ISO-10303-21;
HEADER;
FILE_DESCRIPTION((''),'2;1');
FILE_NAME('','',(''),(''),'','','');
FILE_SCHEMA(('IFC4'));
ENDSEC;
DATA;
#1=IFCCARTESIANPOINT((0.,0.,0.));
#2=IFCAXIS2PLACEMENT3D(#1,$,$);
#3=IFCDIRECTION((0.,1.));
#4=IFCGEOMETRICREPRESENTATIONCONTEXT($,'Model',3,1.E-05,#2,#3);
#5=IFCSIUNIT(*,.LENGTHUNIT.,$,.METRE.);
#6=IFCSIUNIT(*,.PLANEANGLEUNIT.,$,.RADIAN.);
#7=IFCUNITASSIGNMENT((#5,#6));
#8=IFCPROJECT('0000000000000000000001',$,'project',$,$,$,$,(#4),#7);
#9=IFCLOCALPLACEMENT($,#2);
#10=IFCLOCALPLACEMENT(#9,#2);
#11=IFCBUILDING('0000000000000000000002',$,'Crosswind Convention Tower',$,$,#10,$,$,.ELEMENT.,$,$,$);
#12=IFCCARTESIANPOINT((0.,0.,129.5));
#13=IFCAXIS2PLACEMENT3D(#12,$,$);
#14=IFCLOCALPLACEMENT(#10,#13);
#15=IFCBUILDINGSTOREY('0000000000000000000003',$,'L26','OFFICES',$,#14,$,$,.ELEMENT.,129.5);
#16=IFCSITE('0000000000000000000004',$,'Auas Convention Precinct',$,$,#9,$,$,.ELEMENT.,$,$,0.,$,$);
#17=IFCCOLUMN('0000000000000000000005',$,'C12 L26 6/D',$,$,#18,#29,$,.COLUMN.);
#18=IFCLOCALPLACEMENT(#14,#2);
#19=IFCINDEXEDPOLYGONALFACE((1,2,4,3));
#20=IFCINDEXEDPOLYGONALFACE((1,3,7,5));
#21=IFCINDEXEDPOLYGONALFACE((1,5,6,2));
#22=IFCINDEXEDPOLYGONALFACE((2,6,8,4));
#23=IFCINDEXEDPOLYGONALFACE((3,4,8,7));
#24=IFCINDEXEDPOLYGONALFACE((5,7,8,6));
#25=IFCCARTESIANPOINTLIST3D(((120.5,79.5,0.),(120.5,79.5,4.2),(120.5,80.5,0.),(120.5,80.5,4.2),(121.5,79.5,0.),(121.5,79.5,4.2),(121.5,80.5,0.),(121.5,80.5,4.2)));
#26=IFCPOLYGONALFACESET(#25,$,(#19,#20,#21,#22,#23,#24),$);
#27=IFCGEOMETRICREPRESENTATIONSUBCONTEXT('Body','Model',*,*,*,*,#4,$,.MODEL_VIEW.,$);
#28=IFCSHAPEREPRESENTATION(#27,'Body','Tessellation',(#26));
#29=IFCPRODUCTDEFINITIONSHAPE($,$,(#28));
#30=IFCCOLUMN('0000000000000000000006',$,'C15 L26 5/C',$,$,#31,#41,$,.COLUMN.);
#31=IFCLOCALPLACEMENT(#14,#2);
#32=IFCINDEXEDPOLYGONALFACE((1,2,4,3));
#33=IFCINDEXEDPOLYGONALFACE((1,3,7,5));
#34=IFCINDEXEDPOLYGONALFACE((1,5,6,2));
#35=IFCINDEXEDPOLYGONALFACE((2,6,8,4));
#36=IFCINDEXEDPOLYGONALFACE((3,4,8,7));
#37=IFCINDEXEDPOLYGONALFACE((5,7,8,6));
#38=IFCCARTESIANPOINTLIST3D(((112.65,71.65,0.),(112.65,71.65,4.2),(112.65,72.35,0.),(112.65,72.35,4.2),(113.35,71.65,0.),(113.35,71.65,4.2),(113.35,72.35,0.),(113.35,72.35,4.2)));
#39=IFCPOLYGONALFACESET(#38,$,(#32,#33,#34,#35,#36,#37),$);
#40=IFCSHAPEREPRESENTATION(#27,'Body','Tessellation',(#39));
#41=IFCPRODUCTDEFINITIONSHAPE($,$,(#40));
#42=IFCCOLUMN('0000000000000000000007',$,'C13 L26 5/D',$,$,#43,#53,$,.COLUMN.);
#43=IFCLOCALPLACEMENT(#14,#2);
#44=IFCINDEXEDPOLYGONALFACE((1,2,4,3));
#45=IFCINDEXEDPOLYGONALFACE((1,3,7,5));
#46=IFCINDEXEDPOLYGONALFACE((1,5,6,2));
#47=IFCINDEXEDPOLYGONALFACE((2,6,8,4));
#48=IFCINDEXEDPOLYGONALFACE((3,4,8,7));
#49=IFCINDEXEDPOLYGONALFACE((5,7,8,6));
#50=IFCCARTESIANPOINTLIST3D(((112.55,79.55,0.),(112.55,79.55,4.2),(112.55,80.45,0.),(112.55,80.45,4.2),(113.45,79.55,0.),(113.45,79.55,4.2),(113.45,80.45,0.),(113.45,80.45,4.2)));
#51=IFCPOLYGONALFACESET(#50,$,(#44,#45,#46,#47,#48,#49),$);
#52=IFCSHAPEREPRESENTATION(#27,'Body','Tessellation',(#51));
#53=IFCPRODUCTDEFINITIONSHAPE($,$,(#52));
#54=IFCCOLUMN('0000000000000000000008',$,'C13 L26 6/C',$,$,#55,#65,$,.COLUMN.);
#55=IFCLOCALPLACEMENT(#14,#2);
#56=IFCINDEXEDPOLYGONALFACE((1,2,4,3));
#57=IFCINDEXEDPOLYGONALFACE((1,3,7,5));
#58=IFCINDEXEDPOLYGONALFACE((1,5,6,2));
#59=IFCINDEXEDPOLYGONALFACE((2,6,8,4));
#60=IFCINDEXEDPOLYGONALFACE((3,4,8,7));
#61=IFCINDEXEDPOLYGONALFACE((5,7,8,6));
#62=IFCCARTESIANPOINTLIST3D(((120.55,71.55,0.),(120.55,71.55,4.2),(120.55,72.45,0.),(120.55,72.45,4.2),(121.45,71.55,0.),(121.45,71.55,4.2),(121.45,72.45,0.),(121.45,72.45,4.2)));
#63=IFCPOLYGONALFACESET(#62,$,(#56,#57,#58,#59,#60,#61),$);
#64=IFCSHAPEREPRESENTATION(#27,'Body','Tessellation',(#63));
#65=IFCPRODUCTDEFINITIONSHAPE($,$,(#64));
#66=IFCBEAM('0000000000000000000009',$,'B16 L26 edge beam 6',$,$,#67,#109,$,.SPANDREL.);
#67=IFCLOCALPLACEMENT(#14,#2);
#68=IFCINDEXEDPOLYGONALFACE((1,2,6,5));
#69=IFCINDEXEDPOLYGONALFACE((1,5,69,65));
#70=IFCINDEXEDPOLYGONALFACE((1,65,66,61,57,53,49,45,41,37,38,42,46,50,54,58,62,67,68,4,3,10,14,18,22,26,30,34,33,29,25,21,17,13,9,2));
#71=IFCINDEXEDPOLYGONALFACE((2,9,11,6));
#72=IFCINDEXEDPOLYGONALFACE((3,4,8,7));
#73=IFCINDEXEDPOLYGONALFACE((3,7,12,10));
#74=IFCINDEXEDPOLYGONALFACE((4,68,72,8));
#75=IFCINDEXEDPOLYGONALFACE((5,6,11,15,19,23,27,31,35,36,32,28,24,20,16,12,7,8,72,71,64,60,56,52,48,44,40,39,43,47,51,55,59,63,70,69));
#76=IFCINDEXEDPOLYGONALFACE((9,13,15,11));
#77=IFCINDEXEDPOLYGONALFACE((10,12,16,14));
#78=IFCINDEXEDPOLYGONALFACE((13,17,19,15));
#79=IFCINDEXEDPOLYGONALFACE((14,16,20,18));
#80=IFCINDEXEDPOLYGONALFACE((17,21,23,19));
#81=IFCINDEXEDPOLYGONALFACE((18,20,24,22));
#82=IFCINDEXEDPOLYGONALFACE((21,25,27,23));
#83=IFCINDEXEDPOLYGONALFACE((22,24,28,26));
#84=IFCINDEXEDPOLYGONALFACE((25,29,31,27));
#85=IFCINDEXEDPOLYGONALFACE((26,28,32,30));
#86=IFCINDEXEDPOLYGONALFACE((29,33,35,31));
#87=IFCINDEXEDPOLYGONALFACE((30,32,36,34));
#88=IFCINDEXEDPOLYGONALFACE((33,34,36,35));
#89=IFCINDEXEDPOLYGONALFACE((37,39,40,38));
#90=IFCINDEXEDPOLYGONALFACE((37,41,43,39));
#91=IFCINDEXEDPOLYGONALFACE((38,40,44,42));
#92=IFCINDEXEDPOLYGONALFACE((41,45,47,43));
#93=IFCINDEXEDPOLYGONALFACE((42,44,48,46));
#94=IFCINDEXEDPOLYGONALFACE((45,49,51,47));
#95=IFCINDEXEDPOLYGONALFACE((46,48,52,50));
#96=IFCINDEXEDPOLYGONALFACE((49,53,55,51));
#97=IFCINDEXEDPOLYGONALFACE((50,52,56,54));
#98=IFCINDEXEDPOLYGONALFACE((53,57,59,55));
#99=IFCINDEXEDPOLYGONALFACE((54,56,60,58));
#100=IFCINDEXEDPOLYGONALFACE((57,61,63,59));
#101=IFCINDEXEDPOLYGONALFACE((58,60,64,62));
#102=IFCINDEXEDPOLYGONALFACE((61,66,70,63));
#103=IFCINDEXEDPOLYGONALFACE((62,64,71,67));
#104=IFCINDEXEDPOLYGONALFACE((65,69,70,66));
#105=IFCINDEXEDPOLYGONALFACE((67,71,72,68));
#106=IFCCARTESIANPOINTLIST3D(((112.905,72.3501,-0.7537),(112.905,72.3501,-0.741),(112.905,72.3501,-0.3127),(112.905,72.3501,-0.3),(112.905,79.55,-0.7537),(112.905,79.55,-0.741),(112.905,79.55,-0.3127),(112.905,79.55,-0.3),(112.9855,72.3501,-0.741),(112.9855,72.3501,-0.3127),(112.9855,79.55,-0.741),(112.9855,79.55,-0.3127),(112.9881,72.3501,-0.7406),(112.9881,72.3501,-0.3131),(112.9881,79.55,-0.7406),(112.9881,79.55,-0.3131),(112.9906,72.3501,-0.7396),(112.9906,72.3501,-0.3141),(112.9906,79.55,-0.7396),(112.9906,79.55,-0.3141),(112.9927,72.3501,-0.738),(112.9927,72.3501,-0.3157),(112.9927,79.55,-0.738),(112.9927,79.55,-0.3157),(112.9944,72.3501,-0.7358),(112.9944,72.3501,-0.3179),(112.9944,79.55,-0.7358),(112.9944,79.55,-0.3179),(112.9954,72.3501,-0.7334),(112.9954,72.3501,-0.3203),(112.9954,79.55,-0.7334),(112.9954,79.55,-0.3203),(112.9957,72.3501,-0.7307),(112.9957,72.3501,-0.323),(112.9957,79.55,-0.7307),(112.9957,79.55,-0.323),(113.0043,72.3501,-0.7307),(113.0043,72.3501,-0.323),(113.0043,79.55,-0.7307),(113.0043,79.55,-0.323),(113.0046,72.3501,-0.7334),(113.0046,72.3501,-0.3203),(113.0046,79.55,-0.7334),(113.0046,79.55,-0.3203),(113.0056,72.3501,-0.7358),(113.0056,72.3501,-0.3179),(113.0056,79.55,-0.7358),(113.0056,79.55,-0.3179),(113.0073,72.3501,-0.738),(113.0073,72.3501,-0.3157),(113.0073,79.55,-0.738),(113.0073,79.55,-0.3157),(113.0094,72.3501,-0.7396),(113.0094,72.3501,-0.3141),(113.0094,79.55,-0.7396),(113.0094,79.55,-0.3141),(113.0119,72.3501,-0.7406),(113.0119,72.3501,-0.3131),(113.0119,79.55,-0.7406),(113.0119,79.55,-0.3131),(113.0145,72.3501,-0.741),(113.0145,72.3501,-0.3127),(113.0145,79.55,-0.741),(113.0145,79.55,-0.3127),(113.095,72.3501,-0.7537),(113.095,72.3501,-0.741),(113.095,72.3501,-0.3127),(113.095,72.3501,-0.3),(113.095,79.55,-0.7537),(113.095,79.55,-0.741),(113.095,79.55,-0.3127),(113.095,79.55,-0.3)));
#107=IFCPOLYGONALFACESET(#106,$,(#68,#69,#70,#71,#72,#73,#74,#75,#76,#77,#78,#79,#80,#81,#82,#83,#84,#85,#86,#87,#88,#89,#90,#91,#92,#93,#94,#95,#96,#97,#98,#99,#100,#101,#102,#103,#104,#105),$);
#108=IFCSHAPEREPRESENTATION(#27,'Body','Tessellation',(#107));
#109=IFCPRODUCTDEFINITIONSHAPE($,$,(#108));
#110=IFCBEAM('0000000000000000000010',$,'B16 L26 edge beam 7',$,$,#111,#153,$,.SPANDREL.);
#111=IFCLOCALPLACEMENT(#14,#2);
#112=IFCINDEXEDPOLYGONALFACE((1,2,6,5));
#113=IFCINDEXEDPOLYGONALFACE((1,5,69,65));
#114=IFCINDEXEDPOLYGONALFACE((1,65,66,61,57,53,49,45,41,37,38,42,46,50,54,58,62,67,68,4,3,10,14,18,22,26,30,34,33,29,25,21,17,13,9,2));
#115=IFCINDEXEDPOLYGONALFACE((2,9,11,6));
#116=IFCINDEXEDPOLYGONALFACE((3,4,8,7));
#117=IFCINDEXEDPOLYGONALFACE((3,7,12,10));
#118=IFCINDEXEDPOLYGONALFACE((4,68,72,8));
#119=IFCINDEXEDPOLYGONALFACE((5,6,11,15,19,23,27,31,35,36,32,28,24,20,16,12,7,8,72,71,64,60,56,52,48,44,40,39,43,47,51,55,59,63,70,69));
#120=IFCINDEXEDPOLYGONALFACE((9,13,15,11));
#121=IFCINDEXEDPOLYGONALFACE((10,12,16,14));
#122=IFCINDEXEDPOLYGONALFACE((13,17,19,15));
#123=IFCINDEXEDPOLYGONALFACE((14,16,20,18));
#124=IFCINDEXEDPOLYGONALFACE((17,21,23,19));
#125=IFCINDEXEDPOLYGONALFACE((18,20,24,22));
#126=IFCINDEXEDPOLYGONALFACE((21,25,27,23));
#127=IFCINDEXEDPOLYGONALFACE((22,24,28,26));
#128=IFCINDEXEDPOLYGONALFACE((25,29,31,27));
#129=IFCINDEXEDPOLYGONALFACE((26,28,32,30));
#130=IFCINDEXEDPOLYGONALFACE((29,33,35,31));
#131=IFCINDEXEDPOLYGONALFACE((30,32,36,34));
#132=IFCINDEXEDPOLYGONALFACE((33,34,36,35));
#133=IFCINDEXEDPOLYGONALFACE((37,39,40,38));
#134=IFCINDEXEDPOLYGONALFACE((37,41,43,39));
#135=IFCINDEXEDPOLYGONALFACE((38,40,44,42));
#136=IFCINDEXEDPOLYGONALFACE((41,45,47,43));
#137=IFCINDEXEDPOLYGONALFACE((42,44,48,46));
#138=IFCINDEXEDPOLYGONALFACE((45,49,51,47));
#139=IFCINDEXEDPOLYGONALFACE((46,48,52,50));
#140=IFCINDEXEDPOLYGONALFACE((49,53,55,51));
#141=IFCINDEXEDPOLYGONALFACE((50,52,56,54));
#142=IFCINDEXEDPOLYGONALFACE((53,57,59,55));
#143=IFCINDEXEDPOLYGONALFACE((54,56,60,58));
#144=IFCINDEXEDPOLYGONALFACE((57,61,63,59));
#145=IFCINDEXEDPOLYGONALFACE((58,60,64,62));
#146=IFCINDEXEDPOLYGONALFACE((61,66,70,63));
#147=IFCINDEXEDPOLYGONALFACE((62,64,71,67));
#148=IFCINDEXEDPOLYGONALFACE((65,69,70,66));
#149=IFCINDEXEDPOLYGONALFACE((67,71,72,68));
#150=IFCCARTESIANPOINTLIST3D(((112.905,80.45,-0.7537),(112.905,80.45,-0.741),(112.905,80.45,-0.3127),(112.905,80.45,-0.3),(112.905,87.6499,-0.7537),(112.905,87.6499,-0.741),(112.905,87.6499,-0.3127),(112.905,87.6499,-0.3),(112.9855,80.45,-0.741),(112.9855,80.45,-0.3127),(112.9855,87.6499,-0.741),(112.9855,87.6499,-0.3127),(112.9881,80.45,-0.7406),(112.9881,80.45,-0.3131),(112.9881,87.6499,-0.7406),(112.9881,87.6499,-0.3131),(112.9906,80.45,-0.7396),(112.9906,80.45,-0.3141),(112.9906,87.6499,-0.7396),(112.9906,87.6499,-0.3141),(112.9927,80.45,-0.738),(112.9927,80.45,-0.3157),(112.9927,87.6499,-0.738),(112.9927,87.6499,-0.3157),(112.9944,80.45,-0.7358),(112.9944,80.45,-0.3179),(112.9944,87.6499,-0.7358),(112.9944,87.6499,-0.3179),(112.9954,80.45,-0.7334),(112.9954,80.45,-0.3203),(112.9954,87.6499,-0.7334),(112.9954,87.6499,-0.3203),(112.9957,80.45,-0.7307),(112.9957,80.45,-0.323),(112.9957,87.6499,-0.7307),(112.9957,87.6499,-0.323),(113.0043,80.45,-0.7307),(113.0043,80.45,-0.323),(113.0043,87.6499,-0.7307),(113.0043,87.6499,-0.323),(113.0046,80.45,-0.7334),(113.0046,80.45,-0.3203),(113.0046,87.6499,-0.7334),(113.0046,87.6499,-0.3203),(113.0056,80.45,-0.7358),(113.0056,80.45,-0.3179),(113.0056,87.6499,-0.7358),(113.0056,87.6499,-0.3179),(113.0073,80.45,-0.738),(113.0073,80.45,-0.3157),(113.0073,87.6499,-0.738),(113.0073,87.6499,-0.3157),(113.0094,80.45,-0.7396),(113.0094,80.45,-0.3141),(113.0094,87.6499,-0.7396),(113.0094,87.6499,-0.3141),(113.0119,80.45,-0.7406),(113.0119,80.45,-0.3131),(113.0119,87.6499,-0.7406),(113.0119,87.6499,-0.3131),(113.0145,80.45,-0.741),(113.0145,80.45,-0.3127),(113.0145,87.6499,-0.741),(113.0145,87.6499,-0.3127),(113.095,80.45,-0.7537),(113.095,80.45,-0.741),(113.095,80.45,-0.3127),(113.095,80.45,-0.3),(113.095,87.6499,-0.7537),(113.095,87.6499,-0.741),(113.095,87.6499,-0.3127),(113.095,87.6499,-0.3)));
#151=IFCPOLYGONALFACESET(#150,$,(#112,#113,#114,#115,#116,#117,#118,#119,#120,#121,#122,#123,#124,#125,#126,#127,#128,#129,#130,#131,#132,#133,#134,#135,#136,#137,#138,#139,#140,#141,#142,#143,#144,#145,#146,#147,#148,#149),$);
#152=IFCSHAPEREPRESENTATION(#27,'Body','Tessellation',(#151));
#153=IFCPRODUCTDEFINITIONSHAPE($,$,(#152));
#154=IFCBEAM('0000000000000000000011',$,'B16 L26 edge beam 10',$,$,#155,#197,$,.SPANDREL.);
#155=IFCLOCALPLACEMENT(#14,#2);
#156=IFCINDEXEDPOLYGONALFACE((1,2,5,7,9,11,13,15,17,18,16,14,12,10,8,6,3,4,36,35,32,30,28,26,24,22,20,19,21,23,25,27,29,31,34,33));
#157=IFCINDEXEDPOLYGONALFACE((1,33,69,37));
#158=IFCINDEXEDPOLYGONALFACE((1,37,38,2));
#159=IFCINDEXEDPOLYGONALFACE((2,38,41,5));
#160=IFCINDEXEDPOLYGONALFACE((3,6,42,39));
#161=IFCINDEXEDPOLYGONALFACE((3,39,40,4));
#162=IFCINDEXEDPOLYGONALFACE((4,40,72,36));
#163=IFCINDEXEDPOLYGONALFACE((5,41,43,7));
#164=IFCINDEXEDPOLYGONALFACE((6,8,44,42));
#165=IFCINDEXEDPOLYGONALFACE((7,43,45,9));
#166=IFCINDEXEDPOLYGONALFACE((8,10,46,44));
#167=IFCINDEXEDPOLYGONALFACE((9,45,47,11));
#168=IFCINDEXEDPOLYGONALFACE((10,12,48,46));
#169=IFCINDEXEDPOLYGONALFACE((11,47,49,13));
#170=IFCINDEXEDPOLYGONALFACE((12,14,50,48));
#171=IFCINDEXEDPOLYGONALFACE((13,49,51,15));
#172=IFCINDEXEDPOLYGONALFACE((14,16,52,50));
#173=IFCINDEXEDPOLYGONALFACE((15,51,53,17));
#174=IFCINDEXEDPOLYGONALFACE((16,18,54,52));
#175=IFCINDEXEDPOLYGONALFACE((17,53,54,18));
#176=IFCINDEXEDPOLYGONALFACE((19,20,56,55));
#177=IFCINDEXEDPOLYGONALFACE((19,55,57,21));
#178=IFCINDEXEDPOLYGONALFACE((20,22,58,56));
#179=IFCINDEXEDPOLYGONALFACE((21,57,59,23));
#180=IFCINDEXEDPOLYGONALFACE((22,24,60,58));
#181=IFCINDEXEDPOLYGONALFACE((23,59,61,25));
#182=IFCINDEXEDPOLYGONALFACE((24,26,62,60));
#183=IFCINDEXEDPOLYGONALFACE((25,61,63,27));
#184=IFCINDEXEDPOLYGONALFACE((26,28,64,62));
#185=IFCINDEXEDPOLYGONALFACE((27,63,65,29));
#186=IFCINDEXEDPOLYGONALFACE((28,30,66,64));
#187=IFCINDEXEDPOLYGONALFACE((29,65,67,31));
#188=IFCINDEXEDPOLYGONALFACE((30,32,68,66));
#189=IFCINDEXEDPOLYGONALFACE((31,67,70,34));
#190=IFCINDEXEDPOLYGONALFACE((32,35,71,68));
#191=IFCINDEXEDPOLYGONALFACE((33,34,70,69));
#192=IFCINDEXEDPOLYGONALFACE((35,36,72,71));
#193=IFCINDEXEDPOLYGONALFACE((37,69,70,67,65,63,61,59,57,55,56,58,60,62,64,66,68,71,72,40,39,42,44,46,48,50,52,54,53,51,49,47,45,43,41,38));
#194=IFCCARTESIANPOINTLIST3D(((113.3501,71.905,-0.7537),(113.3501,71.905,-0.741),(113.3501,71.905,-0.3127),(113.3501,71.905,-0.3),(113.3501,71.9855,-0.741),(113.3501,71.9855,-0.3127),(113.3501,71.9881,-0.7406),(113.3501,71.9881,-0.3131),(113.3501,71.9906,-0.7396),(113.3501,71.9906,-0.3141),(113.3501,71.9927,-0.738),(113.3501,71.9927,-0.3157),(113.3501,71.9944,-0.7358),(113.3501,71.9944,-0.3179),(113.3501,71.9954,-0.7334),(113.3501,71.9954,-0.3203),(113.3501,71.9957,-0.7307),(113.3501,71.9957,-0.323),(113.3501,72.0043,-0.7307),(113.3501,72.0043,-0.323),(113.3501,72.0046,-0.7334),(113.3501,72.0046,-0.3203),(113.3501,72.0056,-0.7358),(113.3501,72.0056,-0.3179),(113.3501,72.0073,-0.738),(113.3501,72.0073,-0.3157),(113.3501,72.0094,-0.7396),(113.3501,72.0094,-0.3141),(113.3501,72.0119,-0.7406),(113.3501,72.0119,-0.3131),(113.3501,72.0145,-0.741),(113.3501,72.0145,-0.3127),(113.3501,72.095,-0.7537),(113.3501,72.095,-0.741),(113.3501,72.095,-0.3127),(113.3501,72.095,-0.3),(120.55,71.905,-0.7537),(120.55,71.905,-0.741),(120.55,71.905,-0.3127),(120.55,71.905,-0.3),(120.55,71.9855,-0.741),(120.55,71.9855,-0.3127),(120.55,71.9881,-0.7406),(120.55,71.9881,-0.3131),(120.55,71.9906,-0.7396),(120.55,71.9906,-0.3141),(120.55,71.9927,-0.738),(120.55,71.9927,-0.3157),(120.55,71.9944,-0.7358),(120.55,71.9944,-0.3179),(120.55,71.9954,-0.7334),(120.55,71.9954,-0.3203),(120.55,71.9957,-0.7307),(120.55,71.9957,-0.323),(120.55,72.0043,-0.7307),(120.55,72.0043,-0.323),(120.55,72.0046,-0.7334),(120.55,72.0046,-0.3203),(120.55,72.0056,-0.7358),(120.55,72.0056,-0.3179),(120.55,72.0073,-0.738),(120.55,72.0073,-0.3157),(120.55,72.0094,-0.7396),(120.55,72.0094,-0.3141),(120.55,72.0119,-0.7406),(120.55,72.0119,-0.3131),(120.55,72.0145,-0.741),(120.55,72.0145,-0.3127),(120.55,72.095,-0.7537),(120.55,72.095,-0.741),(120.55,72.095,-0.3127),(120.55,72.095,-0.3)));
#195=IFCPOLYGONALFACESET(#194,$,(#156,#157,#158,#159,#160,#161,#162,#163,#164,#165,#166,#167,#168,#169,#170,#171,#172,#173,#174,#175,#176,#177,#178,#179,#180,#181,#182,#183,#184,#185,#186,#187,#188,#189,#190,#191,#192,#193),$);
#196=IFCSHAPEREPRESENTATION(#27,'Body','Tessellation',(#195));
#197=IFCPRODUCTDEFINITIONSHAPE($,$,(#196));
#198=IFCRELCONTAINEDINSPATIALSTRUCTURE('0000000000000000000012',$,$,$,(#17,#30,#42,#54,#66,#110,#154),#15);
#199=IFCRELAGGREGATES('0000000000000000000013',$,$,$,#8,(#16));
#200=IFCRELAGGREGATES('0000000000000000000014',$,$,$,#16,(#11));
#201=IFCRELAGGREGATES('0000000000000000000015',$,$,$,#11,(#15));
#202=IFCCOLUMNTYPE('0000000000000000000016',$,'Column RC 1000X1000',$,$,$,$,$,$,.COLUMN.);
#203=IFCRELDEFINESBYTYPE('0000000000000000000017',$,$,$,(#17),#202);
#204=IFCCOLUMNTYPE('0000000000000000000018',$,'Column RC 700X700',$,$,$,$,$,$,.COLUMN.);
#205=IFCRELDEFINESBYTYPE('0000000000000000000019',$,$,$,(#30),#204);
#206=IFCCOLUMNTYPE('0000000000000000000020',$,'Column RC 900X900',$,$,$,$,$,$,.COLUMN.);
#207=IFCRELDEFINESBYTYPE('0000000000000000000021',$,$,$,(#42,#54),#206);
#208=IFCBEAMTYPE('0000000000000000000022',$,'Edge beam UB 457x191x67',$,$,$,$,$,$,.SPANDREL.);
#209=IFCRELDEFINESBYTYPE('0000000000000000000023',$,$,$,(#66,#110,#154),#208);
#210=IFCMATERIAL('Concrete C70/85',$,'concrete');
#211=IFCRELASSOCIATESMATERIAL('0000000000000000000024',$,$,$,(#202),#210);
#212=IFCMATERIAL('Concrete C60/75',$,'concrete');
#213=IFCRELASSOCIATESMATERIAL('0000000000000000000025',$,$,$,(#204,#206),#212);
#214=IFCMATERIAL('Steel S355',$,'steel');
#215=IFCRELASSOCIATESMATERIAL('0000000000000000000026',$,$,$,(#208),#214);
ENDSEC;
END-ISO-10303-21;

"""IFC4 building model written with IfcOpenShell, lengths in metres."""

from ifc_helpers import new_model, si_unit, direction, frame, origin, origin_2d, place, context, subcontext, project, spatial, rectangle, i_section, extrude, material, material_profile, profile_set, type_object, element, save


model = new_model("IFC4")

# Units and contexts
model_context = context("Model", 3, precision=1e-05, world=origin(), true_north=direction((0.0, 1.0)))
body_context = subcontext(model_context, "Body", "Model", "MODEL_VIEW")
ifc_project = project(units=[si_unit("LENGTHUNIT", "METRE"), si_unit("PLANEANGLEUNIT", "RADIAN")], contexts=[model_context])

# Site, building, storey
site_placement = place(None, origin())
site = spatial("IfcSite", under=ifc_project, at=site_placement, Name="Auas Convention Precinct", CompositionType="ELEMENT", RefElevation=0.0)
building_placement = place(site_placement, origin())
building = spatial("IfcBuilding", under=site, at=building_placement, Name="Crosswind Convention Tower", CompositionType="ELEMENT")
storey_placement = place(building_placement, frame((0.0, 0.0, 129.5)))
storey = spatial("IfcBuildingStorey", under=building, at=storey_placement, Name="L26", Description="OFFICES", CompositionType="ELEMENT", Elevation=129.5)

# Columns
ifc_material_1 = material(Name="Concrete C70/85", Category="concrete")
ifc_material_profile_1 = material_profile(ifc_material_1, rectangle(XDim=1.0, YDim=1.0, at=origin_2d()), Name="RC 1000X1000")
ifc_profile_set_1 = profile_set([ifc_material_profile_1], Name="Concrete C70/85")
column_type_1 = type_object("IfcColumnType", Name="Column RC 1000X1000", PredefinedType="COLUMN", material=ifc_profile_set_1)
column_1_placement = place(storey_placement, frame((121.0, 80.0, 0.0), z_axis=(0.0, 0.0, 1.0), x_axis=(1.0, 0.0, 0.0)))
element("IfcColumn", 1, at=column_1_placement, inside=storey, type_object=column_type_1, Name="C12 L26 6/D", PredefinedType="COLUMN", context=body_context, shape_type="SweptSolid", body=[
    extrude(rectangle(XDim=1.0, YDim=1.0, at=origin_2d()), origin(), (0.0, 0.0, 1.0), 4.2),
])
ifc_material_2 = material(Name="Concrete C60/75", Category="concrete")
ifc_material_profile_2 = material_profile(ifc_material_2, rectangle(XDim=0.7, YDim=0.7, at=origin_2d()), Name="RC 700X700")
ifc_profile_set_2 = profile_set([ifc_material_profile_2], Name="Concrete C60/75")
column_type_2 = type_object("IfcColumnType", Name="Column RC 700X700", PredefinedType="COLUMN", material=ifc_profile_set_2)
column_2_placement = place(storey_placement, frame((113.0, 72.0, 0.0), z_axis=(0.0, 0.0, 1.0), x_axis=(1.0, 0.0, 0.0)))
element("IfcColumn", 2, at=column_2_placement, inside=storey, type_object=column_type_2, Name="C15 L26 5/C", PredefinedType="COLUMN", context=body_context, shape_type="SweptSolid", body=[
    extrude(rectangle(XDim=0.7, YDim=0.7, at=origin_2d()), origin(), (0.0, 0.0, 1.0), 4.2),
])
ifc_material_profile_3 = material_profile(ifc_material_2, rectangle(XDim=0.8999, YDim=0.8999, at=origin_2d()), Name="RC 900X900")
ifc_profile_set_3 = profile_set([ifc_material_profile_3], Name="Concrete C60/75")
column_type_3 = type_object("IfcColumnType", Name="Column RC 900X900", PredefinedType="COLUMN", material=ifc_profile_set_3)
for number, where, z_axis, x_axis, name in (
    (3, (113.0, 80.0, 0.0), (0.0, 0.0, 1.0), (1.0, 0.0, 0.0), "C13 L26 5/D"),
    (4, (121.0, 72.0, 0.0), (0.0, 0.0, 1.0), (1.0, 0.0, 0.0), "C13 L26 6/C"),
):
    element("IfcColumn", number, at=place(storey_placement, frame(where, z_axis=z_axis, x_axis=x_axis)), inside=storey, type_object=column_type_3, Name=name, PredefinedType="COLUMN", context=body_context, shape_type="SweptSolid", body=[
        extrude(rectangle(XDim=0.8999, YDim=0.8999, at=origin_2d()), origin(), (0.0, 0.0, 1.0), 4.2),
    ])

# Beams
ifc_material_3 = material(Name="Steel S355", Category="steel")
ifc_material_profile_4 = material_profile(ifc_material_3, i_section(OverallWidth=0.1899, OverallDepth=0.4536, WebThickness=0.0085, FlangeThickness=0.0127, FilletRadius=0.0103, at=origin_2d()), Name="UB 457x191x67")
ifc_profile_set_4 = profile_set([ifc_material_profile_4], Name="Steel S355")
beam_type_1 = type_object("IfcBeamType", Name="Edge beam UB 457x191x67", PredefinedType="SPANDREL", material=ifc_profile_set_4)
for number, where, z_axis, x_axis, name in (
    (5, (113.0, 72.3501, -0.5269), (0.0, 1.0, 0.0), (-1.0, 0.0, 0.0), "B16 L26 edge beam 6"),
    (6, (113.0, 80.45, -0.5269), (0.0, 1.0, 0.0), (-1.0, 0.0, 0.0), "B16 L26 edge beam 7"),
    (7, (113.3501, 72.0, -0.5269), (1.0, 0.0, 0.0), (0.0, 1.0, 0.0), "B16 L26 edge beam 10"),
):
    element("IfcBeam", number, at=place(storey_placement, frame(where, z_axis=z_axis, x_axis=x_axis)), inside=storey, type_object=beam_type_1, Name=name, PredefinedType="SPANDREL", context=body_context, shape_type="SweptSolid", body=[
        extrude(i_section(OverallWidth=0.1899, OverallDepth=0.4536, WebThickness=0.0085, FlangeThickness=0.0127, FilletRadius=0.0103, at=origin_2d()), origin(), (0.0, 0.0, 1.0), 7.2),
    ])

save(model, "model.ifc")
